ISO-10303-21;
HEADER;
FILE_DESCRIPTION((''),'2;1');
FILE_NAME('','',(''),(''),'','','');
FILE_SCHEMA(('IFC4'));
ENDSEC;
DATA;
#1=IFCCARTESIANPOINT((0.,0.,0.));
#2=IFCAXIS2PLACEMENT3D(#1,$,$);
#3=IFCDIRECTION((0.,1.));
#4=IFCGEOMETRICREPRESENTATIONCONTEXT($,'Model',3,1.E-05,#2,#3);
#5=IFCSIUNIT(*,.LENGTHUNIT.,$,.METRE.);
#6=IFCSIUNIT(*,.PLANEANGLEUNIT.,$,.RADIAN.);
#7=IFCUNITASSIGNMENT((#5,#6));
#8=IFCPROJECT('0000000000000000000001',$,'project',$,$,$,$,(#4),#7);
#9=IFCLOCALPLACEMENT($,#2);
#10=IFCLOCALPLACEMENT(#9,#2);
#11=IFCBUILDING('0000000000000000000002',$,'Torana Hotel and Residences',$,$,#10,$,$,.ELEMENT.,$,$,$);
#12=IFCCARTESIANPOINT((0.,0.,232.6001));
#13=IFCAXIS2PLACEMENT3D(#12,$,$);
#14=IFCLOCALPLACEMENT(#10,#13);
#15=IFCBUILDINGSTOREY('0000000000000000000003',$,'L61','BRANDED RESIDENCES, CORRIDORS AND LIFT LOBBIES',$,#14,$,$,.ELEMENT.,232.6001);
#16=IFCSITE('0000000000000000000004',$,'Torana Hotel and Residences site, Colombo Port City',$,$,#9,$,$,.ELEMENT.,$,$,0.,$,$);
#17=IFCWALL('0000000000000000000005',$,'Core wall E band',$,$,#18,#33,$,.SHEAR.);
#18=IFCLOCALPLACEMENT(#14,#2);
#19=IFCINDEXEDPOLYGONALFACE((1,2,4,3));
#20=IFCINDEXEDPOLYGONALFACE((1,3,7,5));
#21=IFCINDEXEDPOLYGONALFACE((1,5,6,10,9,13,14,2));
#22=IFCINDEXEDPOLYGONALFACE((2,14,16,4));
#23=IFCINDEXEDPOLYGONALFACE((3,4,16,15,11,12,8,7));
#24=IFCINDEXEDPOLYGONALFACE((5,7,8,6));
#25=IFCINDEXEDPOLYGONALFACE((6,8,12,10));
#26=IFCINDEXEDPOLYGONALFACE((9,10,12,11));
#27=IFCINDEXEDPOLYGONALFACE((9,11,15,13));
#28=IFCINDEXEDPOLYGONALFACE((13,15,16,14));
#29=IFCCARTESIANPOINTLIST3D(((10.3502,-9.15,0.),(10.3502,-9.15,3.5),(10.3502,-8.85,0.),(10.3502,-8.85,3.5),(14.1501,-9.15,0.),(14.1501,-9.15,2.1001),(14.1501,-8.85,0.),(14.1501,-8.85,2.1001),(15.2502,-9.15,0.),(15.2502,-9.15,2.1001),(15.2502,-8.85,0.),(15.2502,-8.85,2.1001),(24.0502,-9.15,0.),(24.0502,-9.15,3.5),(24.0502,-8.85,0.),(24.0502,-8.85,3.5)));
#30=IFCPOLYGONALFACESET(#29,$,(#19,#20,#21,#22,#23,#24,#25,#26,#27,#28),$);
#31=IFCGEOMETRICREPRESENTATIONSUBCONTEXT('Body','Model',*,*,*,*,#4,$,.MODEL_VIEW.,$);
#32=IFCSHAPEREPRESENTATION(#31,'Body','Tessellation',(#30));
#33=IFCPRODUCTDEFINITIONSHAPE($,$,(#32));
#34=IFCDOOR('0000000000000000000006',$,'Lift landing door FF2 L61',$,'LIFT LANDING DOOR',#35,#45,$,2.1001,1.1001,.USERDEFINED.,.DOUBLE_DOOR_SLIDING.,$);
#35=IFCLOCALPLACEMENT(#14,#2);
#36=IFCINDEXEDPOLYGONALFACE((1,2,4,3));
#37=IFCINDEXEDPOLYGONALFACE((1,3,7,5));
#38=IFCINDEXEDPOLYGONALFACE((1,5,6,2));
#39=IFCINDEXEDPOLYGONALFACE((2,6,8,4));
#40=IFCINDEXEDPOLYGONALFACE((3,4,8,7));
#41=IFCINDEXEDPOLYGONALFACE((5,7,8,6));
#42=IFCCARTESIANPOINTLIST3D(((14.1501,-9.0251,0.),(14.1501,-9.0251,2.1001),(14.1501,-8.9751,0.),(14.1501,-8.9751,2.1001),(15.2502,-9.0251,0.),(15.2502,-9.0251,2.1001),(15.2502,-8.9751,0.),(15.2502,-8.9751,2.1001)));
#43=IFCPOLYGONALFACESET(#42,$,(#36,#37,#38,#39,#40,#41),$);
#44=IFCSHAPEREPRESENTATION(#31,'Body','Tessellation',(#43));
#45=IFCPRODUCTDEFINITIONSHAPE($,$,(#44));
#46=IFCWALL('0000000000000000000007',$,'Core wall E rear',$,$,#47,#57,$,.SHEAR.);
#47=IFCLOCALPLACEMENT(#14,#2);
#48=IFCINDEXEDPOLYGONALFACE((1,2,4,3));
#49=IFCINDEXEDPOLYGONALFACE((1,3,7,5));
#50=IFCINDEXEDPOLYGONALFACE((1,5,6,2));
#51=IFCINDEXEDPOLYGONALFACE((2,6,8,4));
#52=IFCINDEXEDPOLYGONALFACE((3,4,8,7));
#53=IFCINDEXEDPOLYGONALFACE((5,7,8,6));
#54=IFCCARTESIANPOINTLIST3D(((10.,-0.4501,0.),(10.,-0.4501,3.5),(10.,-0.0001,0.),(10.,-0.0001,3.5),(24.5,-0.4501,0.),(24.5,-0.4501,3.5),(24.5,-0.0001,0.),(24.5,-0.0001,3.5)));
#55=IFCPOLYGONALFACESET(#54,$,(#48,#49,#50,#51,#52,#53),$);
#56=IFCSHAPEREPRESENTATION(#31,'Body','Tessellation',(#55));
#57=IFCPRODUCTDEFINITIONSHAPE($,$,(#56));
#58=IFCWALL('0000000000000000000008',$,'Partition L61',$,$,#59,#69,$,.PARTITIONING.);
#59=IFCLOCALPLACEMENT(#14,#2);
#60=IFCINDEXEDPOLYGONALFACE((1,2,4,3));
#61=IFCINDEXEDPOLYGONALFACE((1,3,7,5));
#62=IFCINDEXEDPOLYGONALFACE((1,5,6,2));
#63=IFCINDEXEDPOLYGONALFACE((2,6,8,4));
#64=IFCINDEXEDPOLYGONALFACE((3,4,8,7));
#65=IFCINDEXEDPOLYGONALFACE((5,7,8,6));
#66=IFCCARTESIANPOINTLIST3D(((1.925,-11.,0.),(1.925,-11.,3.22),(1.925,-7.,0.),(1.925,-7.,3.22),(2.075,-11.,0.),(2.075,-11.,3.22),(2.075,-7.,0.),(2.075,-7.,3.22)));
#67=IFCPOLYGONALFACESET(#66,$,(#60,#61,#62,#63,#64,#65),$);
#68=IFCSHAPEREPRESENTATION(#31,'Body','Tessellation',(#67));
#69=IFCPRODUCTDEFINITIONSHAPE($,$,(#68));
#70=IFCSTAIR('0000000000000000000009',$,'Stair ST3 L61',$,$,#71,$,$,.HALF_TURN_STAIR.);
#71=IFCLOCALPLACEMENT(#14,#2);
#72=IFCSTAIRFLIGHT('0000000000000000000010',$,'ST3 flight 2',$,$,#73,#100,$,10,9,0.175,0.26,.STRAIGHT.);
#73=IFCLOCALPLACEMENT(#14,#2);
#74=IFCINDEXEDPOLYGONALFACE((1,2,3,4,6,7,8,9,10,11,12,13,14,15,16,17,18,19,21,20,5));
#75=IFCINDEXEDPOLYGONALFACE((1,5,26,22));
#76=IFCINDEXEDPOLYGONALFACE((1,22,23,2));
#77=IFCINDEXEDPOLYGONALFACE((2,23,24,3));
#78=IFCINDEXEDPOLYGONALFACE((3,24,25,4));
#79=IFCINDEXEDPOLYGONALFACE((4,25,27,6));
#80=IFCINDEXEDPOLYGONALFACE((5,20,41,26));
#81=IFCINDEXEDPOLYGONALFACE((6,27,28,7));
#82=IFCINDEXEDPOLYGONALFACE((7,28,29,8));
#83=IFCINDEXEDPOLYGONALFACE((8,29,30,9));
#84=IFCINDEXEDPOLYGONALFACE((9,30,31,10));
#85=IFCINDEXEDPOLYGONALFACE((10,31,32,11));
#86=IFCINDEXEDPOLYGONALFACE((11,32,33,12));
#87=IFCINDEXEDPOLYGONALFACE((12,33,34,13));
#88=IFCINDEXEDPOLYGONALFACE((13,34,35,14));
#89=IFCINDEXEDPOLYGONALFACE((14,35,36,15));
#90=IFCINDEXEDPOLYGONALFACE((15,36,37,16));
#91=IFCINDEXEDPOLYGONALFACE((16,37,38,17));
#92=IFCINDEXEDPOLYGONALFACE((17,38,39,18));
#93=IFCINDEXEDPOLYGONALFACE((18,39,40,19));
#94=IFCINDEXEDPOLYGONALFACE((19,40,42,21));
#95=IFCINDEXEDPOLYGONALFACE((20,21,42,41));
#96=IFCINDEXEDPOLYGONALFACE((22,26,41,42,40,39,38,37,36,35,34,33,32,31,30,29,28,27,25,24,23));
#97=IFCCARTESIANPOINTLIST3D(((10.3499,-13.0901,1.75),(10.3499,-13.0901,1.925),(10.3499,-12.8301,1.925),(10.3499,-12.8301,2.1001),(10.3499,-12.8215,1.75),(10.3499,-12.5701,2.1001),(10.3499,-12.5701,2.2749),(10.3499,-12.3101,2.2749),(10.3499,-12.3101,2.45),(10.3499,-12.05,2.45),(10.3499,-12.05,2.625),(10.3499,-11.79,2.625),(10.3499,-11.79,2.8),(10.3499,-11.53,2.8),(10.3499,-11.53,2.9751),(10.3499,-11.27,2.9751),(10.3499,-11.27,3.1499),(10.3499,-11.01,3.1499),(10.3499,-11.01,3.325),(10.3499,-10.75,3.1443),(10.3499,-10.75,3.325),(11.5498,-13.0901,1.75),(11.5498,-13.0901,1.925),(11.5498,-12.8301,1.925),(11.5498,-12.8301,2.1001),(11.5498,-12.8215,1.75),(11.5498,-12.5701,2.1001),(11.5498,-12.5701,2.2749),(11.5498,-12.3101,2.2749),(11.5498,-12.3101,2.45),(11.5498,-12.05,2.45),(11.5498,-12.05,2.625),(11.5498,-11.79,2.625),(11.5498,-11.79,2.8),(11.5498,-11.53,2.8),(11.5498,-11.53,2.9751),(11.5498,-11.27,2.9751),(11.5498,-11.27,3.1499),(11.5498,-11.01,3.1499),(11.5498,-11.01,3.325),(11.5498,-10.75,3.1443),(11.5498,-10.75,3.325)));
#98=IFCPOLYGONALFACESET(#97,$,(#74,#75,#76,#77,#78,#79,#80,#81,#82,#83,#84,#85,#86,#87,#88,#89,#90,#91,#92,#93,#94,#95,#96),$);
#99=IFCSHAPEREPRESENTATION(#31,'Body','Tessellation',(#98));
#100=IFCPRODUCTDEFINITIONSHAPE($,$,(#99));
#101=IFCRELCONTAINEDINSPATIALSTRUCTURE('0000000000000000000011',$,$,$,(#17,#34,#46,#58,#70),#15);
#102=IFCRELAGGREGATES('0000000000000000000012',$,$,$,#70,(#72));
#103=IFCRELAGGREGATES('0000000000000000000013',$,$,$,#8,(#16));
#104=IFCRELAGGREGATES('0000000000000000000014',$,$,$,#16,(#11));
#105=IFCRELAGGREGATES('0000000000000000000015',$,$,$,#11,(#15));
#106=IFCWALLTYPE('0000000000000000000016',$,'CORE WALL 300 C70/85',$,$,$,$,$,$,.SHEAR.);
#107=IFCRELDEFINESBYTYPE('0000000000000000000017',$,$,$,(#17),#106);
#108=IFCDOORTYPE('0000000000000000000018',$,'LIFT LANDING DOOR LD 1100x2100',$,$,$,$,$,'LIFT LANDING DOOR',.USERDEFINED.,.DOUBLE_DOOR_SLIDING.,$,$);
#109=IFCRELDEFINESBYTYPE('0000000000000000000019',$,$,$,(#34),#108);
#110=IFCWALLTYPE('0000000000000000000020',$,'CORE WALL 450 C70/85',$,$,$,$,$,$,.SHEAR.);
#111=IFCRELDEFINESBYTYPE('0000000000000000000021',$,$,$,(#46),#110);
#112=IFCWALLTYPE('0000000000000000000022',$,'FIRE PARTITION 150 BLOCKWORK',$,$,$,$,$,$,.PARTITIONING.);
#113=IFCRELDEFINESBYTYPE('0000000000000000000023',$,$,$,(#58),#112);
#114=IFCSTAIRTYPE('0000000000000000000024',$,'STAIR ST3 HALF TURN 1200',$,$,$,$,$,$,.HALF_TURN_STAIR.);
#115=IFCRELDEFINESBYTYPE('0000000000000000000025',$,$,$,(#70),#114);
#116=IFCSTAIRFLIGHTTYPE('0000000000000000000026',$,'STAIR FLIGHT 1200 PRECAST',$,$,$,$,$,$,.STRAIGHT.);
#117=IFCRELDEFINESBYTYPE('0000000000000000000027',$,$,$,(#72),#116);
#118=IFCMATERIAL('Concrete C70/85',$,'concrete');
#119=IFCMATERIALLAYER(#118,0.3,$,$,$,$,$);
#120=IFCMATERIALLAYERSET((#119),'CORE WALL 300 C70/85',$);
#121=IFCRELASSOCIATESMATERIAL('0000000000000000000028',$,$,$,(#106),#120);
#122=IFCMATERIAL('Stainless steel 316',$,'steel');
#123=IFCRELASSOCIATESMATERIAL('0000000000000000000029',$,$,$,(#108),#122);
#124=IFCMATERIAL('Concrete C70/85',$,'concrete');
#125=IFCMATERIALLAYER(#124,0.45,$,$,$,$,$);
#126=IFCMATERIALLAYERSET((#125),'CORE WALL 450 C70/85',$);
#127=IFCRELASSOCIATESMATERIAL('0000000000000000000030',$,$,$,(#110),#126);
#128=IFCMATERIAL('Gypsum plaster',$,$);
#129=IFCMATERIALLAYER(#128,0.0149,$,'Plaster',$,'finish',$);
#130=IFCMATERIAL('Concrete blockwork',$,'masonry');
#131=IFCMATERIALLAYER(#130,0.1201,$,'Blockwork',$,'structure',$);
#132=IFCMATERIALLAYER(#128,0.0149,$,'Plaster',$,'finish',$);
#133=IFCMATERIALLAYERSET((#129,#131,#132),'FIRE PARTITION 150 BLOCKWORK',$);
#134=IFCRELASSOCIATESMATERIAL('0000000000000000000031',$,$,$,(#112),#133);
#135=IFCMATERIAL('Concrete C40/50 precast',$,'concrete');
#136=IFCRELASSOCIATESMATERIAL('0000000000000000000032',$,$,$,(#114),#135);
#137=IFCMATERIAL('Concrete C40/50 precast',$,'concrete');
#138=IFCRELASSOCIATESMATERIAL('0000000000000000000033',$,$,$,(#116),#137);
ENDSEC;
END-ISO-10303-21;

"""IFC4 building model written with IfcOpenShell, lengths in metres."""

from ifc_helpers import new_model, si_unit, direction, frame, frame_2d, origin, place, context, subcontext, project, spatial, polyline, rectangle, outline, extrude, material, layer, layer_set, type_object, element, fill, aggregate, save


model = new_model("IFC4")

# Units and contexts
model_context = context("Model", 3, precision=1e-05, world=origin(), true_north=direction((0.0, 1.0)))
body_context = subcontext(model_context, "Body", "Model", "MODEL_VIEW")
ifc_project = project(units=[si_unit("LENGTHUNIT", "METRE"), si_unit("PLANEANGLEUNIT", "RADIAN")], contexts=[model_context])

# Site, building, storey
site_placement = place(None, origin())
site = spatial("IfcSite", under=ifc_project, at=site_placement, Name="Torana Hotel and Residences site, Colombo Port City", CompositionType="ELEMENT", RefElevation=0.0)
building_placement = place(site_placement, origin())
building = spatial("IfcBuilding", under=site, at=building_placement, Name="Torana Hotel and Residences", CompositionType="ELEMENT")
storey_placement = place(building_placement, frame((0.0, 0.0, 232.6001)))
storey = spatial("IfcBuildingStorey", under=building, at=storey_placement, Name="L61", Description="BRANDED RESIDENCES, CORRIDORS AND LIFT LOBBIES", CompositionType="ELEMENT", Elevation=232.6001)

# Shared definitions
ifc_material_1 = material(Name="Concrete C70/85", Category="concrete")
ifc_layer_1 = layer(ifc_material_1, 0.3)
ifc_layer_set_1 = layer_set([ifc_layer_1], Name="CORE WALL 300 C70/85")
wall_type_1 = type_object("IfcWallType", Name="CORE WALL 300 C70/85", PredefinedType="SHEAR", material=ifc_layer_set_1)
ifc_material_2 = material(Name="Stainless steel 316", Category="steel")
door_type_1 = type_object("IfcDoorType", Name="LIFT LANDING DOOR LD 1100x2100", ElementType="LIFT LANDING DOOR", OperationType="DOUBLE_DOOR_SLIDING", PredefinedType="USERDEFINED", material=ifc_material_2)

# Wall, opening, door
wall_1_placement = place(storey_placement, frame((10.3501, -9.0, 0.0), z_axis=(0.0, 0.0, 1.0), x_axis=(1.0, 0.0, 0.0)))
wall_1 = element("IfcWall", 1, at=wall_1_placement, inside=storey, type_object=wall_type_1, Name="Core wall E band", PredefinedType="SHEAR", context=body_context, shape_type="SweptSolid", body=[
    extrude(rectangle(XDim=13.7, YDim=0.3, at=frame_2d((6.8501, 0.0))), origin(), (0.0, 0.0, 1.0), 3.5),
])
opening_1_placement = place(wall_1_placement, frame((3.8, 0.0, 0.0)))
opening_1 = element("IfcOpeningElement", 2, at=opening_1_placement, cuts=wall_1, PredefinedType="OPENING", context=body_context, shape_type="SweptSolid", body=[
    extrude(rectangle(XDim=1.1001, YDim=2.1001, at=frame_2d((0.55, 1.05))), frame((0.0, 0.1599, 0.0), z_axis=(0.0, -1.0, 0.0), x_axis=(1.0, 0.0, 0.0)), (0.0, 0.0, 1.0), 0.3201),
])
door_1_placement = place(opening_1_placement, origin())
door_1 = element("IfcDoor", 3, at=door_1_placement, inside=storey, type_object=door_type_1, Name="Lift landing door FF2 L61", ObjectType="LIFT LANDING DOOR", OperationType="DOUBLE_DOOR_SLIDING", OverallHeight=2.1001, OverallWidth=1.1001, PredefinedType="USERDEFINED", context=body_context, shape_type="SweptSolid", body=[
    extrude(rectangle(XDim=1.1001, YDim=2.1001, at=frame_2d((0.55, 1.05))), frame((0.0, 0.0249, 0.0), z_axis=(0.0, -1.0, 0.0), x_axis=(1.0, 0.0, 0.0)), (0.0, 0.0, 1.0), 0.05),
])
fill(opening_1, door_1)

# Walls
ifc_material_3 = material(Name="Concrete C70/85", Category="concrete")
ifc_layer_2 = layer(ifc_material_3, 0.45)
ifc_layer_set_2 = layer_set([ifc_layer_2], Name="CORE WALL 450 C70/85")
wall_type_2 = type_object("IfcWallType", Name="CORE WALL 450 C70/85", PredefinedType="SHEAR", material=ifc_layer_set_2)
wall_2_placement = place(storey_placement, frame((10.0, -0.2251, 0.0), z_axis=(0.0, 0.0, 1.0), x_axis=(1.0, 0.0, 0.0)))
element("IfcWall", 4, at=wall_2_placement, inside=storey, type_object=wall_type_2, Name="Core wall E rear", PredefinedType="SHEAR", context=body_context, shape_type="SweptSolid", body=[
    extrude(rectangle(XDim=14.5, YDim=0.45, at=frame_2d((7.25, 0.0))), origin(), (0.0, 0.0, 1.0), 3.5),
])
ifc_material_4 = material(Name="Gypsum plaster")
ifc_layer_3 = layer(ifc_material_4, 0.0149, Name="Plaster", Category="finish")
ifc_material_5 = material(Name="Concrete blockwork", Category="masonry")
ifc_layer_4 = layer(ifc_material_5, 0.1201, Name="Blockwork", Category="structure")
ifc_layer_5 = layer(ifc_material_4, 0.0149, Name="Plaster", Category="finish")
ifc_layer_set_3 = layer_set([ifc_layer_3, ifc_layer_4, ifc_layer_5], Name="FIRE PARTITION 150 BLOCKWORK")
wall_type_3 = type_object("IfcWallType", Name="FIRE PARTITION 150 BLOCKWORK", PredefinedType="PARTITIONING", material=ifc_layer_set_3)
wall_3_placement = place(storey_placement, frame((2.0, -11.0, 0.0), z_axis=(0.0, 0.0, 1.0), x_axis=(0.0, 1.0, 0.0)))
element("IfcWall", 5, at=wall_3_placement, inside=storey, type_object=wall_type_3, Name="Partition L61", PredefinedType="PARTITIONING", context=body_context, shape_type="SweptSolid", body=[
    extrude(rectangle(XDim=4.0, YDim=0.1499, at=frame_2d((2.0, 0.0))), origin(), (0.0, 0.0, 1.0), 3.22),
])

# Stair, stair flight
ifc_material_6 = material(Name="Concrete C40/50 precast", Category="concrete")
stair_type = type_object("IfcStairType", Name="STAIR ST3 HALF TURN 1200", PredefinedType="HALF_TURN_STAIR", material=ifc_material_6)
stair_placement = place(storey_placement, origin())
stair = element("IfcStair", 6, at=stair_placement, inside=storey, type_object=stair_type, Name="Stair ST3 L61", PredefinedType="HALF_TURN_STAIR")
ifc_material_7 = material(Name="Concrete C40/50 precast", Category="concrete")
stair_flight_type = type_object("IfcStairFlightType", Name="STAIR FLIGHT 1200 PRECAST", PredefinedType="STRAIGHT", material=ifc_material_7)
stair_flight_placement = place(storey_placement, frame((10.95, -13.0901, 1.75), z_axis=(0.0, 0.0, 1.0), x_axis=(0.0, 1.0, 0.0)))
stair_flight = element("IfcStairFlight", 7, at=stair_flight_placement, type_object=stair_flight_type, Name="ST3 flight 2", NumberOfRisers=10, NumberOfTreads=9, PredefinedType="STRAIGHT", RiserHeight=0.175, TreadLength=0.26, context=body_context, shape_type="SweptSolid", body=[
    extrude(outline(polyline([(0.0, 0.0), (0.0, 0.175), (0.26, 0.175), (0.26, 0.3501), (0.52, 0.3501), (0.52, 0.5249), (0.78, 0.5249), (0.78, 0.7), (1.04, 0.7), (1.04, 0.875), (1.3, 0.875), (1.3, 1.05), (1.5601, 1.05), (1.5601, 1.2251), (1.8201, 1.2251), (1.8201, 1.3999), (2.0801, 1.3999), (2.0801, 1.575), (2.3401, 1.575), (2.3401, 1.75), (2.3401, 1.3943), (0.2686, 0.0), (0.0, 0.0)])), frame((0.0, 0.6001, 0.0), z_axis=(0.0, -1.0, 0.0), x_axis=(1.0, 0.0, 0.0)), (0.0, 0.0, 1.0), 1.2),
])
aggregate(stair, [stair_flight])

save(model, "model.ifc")
